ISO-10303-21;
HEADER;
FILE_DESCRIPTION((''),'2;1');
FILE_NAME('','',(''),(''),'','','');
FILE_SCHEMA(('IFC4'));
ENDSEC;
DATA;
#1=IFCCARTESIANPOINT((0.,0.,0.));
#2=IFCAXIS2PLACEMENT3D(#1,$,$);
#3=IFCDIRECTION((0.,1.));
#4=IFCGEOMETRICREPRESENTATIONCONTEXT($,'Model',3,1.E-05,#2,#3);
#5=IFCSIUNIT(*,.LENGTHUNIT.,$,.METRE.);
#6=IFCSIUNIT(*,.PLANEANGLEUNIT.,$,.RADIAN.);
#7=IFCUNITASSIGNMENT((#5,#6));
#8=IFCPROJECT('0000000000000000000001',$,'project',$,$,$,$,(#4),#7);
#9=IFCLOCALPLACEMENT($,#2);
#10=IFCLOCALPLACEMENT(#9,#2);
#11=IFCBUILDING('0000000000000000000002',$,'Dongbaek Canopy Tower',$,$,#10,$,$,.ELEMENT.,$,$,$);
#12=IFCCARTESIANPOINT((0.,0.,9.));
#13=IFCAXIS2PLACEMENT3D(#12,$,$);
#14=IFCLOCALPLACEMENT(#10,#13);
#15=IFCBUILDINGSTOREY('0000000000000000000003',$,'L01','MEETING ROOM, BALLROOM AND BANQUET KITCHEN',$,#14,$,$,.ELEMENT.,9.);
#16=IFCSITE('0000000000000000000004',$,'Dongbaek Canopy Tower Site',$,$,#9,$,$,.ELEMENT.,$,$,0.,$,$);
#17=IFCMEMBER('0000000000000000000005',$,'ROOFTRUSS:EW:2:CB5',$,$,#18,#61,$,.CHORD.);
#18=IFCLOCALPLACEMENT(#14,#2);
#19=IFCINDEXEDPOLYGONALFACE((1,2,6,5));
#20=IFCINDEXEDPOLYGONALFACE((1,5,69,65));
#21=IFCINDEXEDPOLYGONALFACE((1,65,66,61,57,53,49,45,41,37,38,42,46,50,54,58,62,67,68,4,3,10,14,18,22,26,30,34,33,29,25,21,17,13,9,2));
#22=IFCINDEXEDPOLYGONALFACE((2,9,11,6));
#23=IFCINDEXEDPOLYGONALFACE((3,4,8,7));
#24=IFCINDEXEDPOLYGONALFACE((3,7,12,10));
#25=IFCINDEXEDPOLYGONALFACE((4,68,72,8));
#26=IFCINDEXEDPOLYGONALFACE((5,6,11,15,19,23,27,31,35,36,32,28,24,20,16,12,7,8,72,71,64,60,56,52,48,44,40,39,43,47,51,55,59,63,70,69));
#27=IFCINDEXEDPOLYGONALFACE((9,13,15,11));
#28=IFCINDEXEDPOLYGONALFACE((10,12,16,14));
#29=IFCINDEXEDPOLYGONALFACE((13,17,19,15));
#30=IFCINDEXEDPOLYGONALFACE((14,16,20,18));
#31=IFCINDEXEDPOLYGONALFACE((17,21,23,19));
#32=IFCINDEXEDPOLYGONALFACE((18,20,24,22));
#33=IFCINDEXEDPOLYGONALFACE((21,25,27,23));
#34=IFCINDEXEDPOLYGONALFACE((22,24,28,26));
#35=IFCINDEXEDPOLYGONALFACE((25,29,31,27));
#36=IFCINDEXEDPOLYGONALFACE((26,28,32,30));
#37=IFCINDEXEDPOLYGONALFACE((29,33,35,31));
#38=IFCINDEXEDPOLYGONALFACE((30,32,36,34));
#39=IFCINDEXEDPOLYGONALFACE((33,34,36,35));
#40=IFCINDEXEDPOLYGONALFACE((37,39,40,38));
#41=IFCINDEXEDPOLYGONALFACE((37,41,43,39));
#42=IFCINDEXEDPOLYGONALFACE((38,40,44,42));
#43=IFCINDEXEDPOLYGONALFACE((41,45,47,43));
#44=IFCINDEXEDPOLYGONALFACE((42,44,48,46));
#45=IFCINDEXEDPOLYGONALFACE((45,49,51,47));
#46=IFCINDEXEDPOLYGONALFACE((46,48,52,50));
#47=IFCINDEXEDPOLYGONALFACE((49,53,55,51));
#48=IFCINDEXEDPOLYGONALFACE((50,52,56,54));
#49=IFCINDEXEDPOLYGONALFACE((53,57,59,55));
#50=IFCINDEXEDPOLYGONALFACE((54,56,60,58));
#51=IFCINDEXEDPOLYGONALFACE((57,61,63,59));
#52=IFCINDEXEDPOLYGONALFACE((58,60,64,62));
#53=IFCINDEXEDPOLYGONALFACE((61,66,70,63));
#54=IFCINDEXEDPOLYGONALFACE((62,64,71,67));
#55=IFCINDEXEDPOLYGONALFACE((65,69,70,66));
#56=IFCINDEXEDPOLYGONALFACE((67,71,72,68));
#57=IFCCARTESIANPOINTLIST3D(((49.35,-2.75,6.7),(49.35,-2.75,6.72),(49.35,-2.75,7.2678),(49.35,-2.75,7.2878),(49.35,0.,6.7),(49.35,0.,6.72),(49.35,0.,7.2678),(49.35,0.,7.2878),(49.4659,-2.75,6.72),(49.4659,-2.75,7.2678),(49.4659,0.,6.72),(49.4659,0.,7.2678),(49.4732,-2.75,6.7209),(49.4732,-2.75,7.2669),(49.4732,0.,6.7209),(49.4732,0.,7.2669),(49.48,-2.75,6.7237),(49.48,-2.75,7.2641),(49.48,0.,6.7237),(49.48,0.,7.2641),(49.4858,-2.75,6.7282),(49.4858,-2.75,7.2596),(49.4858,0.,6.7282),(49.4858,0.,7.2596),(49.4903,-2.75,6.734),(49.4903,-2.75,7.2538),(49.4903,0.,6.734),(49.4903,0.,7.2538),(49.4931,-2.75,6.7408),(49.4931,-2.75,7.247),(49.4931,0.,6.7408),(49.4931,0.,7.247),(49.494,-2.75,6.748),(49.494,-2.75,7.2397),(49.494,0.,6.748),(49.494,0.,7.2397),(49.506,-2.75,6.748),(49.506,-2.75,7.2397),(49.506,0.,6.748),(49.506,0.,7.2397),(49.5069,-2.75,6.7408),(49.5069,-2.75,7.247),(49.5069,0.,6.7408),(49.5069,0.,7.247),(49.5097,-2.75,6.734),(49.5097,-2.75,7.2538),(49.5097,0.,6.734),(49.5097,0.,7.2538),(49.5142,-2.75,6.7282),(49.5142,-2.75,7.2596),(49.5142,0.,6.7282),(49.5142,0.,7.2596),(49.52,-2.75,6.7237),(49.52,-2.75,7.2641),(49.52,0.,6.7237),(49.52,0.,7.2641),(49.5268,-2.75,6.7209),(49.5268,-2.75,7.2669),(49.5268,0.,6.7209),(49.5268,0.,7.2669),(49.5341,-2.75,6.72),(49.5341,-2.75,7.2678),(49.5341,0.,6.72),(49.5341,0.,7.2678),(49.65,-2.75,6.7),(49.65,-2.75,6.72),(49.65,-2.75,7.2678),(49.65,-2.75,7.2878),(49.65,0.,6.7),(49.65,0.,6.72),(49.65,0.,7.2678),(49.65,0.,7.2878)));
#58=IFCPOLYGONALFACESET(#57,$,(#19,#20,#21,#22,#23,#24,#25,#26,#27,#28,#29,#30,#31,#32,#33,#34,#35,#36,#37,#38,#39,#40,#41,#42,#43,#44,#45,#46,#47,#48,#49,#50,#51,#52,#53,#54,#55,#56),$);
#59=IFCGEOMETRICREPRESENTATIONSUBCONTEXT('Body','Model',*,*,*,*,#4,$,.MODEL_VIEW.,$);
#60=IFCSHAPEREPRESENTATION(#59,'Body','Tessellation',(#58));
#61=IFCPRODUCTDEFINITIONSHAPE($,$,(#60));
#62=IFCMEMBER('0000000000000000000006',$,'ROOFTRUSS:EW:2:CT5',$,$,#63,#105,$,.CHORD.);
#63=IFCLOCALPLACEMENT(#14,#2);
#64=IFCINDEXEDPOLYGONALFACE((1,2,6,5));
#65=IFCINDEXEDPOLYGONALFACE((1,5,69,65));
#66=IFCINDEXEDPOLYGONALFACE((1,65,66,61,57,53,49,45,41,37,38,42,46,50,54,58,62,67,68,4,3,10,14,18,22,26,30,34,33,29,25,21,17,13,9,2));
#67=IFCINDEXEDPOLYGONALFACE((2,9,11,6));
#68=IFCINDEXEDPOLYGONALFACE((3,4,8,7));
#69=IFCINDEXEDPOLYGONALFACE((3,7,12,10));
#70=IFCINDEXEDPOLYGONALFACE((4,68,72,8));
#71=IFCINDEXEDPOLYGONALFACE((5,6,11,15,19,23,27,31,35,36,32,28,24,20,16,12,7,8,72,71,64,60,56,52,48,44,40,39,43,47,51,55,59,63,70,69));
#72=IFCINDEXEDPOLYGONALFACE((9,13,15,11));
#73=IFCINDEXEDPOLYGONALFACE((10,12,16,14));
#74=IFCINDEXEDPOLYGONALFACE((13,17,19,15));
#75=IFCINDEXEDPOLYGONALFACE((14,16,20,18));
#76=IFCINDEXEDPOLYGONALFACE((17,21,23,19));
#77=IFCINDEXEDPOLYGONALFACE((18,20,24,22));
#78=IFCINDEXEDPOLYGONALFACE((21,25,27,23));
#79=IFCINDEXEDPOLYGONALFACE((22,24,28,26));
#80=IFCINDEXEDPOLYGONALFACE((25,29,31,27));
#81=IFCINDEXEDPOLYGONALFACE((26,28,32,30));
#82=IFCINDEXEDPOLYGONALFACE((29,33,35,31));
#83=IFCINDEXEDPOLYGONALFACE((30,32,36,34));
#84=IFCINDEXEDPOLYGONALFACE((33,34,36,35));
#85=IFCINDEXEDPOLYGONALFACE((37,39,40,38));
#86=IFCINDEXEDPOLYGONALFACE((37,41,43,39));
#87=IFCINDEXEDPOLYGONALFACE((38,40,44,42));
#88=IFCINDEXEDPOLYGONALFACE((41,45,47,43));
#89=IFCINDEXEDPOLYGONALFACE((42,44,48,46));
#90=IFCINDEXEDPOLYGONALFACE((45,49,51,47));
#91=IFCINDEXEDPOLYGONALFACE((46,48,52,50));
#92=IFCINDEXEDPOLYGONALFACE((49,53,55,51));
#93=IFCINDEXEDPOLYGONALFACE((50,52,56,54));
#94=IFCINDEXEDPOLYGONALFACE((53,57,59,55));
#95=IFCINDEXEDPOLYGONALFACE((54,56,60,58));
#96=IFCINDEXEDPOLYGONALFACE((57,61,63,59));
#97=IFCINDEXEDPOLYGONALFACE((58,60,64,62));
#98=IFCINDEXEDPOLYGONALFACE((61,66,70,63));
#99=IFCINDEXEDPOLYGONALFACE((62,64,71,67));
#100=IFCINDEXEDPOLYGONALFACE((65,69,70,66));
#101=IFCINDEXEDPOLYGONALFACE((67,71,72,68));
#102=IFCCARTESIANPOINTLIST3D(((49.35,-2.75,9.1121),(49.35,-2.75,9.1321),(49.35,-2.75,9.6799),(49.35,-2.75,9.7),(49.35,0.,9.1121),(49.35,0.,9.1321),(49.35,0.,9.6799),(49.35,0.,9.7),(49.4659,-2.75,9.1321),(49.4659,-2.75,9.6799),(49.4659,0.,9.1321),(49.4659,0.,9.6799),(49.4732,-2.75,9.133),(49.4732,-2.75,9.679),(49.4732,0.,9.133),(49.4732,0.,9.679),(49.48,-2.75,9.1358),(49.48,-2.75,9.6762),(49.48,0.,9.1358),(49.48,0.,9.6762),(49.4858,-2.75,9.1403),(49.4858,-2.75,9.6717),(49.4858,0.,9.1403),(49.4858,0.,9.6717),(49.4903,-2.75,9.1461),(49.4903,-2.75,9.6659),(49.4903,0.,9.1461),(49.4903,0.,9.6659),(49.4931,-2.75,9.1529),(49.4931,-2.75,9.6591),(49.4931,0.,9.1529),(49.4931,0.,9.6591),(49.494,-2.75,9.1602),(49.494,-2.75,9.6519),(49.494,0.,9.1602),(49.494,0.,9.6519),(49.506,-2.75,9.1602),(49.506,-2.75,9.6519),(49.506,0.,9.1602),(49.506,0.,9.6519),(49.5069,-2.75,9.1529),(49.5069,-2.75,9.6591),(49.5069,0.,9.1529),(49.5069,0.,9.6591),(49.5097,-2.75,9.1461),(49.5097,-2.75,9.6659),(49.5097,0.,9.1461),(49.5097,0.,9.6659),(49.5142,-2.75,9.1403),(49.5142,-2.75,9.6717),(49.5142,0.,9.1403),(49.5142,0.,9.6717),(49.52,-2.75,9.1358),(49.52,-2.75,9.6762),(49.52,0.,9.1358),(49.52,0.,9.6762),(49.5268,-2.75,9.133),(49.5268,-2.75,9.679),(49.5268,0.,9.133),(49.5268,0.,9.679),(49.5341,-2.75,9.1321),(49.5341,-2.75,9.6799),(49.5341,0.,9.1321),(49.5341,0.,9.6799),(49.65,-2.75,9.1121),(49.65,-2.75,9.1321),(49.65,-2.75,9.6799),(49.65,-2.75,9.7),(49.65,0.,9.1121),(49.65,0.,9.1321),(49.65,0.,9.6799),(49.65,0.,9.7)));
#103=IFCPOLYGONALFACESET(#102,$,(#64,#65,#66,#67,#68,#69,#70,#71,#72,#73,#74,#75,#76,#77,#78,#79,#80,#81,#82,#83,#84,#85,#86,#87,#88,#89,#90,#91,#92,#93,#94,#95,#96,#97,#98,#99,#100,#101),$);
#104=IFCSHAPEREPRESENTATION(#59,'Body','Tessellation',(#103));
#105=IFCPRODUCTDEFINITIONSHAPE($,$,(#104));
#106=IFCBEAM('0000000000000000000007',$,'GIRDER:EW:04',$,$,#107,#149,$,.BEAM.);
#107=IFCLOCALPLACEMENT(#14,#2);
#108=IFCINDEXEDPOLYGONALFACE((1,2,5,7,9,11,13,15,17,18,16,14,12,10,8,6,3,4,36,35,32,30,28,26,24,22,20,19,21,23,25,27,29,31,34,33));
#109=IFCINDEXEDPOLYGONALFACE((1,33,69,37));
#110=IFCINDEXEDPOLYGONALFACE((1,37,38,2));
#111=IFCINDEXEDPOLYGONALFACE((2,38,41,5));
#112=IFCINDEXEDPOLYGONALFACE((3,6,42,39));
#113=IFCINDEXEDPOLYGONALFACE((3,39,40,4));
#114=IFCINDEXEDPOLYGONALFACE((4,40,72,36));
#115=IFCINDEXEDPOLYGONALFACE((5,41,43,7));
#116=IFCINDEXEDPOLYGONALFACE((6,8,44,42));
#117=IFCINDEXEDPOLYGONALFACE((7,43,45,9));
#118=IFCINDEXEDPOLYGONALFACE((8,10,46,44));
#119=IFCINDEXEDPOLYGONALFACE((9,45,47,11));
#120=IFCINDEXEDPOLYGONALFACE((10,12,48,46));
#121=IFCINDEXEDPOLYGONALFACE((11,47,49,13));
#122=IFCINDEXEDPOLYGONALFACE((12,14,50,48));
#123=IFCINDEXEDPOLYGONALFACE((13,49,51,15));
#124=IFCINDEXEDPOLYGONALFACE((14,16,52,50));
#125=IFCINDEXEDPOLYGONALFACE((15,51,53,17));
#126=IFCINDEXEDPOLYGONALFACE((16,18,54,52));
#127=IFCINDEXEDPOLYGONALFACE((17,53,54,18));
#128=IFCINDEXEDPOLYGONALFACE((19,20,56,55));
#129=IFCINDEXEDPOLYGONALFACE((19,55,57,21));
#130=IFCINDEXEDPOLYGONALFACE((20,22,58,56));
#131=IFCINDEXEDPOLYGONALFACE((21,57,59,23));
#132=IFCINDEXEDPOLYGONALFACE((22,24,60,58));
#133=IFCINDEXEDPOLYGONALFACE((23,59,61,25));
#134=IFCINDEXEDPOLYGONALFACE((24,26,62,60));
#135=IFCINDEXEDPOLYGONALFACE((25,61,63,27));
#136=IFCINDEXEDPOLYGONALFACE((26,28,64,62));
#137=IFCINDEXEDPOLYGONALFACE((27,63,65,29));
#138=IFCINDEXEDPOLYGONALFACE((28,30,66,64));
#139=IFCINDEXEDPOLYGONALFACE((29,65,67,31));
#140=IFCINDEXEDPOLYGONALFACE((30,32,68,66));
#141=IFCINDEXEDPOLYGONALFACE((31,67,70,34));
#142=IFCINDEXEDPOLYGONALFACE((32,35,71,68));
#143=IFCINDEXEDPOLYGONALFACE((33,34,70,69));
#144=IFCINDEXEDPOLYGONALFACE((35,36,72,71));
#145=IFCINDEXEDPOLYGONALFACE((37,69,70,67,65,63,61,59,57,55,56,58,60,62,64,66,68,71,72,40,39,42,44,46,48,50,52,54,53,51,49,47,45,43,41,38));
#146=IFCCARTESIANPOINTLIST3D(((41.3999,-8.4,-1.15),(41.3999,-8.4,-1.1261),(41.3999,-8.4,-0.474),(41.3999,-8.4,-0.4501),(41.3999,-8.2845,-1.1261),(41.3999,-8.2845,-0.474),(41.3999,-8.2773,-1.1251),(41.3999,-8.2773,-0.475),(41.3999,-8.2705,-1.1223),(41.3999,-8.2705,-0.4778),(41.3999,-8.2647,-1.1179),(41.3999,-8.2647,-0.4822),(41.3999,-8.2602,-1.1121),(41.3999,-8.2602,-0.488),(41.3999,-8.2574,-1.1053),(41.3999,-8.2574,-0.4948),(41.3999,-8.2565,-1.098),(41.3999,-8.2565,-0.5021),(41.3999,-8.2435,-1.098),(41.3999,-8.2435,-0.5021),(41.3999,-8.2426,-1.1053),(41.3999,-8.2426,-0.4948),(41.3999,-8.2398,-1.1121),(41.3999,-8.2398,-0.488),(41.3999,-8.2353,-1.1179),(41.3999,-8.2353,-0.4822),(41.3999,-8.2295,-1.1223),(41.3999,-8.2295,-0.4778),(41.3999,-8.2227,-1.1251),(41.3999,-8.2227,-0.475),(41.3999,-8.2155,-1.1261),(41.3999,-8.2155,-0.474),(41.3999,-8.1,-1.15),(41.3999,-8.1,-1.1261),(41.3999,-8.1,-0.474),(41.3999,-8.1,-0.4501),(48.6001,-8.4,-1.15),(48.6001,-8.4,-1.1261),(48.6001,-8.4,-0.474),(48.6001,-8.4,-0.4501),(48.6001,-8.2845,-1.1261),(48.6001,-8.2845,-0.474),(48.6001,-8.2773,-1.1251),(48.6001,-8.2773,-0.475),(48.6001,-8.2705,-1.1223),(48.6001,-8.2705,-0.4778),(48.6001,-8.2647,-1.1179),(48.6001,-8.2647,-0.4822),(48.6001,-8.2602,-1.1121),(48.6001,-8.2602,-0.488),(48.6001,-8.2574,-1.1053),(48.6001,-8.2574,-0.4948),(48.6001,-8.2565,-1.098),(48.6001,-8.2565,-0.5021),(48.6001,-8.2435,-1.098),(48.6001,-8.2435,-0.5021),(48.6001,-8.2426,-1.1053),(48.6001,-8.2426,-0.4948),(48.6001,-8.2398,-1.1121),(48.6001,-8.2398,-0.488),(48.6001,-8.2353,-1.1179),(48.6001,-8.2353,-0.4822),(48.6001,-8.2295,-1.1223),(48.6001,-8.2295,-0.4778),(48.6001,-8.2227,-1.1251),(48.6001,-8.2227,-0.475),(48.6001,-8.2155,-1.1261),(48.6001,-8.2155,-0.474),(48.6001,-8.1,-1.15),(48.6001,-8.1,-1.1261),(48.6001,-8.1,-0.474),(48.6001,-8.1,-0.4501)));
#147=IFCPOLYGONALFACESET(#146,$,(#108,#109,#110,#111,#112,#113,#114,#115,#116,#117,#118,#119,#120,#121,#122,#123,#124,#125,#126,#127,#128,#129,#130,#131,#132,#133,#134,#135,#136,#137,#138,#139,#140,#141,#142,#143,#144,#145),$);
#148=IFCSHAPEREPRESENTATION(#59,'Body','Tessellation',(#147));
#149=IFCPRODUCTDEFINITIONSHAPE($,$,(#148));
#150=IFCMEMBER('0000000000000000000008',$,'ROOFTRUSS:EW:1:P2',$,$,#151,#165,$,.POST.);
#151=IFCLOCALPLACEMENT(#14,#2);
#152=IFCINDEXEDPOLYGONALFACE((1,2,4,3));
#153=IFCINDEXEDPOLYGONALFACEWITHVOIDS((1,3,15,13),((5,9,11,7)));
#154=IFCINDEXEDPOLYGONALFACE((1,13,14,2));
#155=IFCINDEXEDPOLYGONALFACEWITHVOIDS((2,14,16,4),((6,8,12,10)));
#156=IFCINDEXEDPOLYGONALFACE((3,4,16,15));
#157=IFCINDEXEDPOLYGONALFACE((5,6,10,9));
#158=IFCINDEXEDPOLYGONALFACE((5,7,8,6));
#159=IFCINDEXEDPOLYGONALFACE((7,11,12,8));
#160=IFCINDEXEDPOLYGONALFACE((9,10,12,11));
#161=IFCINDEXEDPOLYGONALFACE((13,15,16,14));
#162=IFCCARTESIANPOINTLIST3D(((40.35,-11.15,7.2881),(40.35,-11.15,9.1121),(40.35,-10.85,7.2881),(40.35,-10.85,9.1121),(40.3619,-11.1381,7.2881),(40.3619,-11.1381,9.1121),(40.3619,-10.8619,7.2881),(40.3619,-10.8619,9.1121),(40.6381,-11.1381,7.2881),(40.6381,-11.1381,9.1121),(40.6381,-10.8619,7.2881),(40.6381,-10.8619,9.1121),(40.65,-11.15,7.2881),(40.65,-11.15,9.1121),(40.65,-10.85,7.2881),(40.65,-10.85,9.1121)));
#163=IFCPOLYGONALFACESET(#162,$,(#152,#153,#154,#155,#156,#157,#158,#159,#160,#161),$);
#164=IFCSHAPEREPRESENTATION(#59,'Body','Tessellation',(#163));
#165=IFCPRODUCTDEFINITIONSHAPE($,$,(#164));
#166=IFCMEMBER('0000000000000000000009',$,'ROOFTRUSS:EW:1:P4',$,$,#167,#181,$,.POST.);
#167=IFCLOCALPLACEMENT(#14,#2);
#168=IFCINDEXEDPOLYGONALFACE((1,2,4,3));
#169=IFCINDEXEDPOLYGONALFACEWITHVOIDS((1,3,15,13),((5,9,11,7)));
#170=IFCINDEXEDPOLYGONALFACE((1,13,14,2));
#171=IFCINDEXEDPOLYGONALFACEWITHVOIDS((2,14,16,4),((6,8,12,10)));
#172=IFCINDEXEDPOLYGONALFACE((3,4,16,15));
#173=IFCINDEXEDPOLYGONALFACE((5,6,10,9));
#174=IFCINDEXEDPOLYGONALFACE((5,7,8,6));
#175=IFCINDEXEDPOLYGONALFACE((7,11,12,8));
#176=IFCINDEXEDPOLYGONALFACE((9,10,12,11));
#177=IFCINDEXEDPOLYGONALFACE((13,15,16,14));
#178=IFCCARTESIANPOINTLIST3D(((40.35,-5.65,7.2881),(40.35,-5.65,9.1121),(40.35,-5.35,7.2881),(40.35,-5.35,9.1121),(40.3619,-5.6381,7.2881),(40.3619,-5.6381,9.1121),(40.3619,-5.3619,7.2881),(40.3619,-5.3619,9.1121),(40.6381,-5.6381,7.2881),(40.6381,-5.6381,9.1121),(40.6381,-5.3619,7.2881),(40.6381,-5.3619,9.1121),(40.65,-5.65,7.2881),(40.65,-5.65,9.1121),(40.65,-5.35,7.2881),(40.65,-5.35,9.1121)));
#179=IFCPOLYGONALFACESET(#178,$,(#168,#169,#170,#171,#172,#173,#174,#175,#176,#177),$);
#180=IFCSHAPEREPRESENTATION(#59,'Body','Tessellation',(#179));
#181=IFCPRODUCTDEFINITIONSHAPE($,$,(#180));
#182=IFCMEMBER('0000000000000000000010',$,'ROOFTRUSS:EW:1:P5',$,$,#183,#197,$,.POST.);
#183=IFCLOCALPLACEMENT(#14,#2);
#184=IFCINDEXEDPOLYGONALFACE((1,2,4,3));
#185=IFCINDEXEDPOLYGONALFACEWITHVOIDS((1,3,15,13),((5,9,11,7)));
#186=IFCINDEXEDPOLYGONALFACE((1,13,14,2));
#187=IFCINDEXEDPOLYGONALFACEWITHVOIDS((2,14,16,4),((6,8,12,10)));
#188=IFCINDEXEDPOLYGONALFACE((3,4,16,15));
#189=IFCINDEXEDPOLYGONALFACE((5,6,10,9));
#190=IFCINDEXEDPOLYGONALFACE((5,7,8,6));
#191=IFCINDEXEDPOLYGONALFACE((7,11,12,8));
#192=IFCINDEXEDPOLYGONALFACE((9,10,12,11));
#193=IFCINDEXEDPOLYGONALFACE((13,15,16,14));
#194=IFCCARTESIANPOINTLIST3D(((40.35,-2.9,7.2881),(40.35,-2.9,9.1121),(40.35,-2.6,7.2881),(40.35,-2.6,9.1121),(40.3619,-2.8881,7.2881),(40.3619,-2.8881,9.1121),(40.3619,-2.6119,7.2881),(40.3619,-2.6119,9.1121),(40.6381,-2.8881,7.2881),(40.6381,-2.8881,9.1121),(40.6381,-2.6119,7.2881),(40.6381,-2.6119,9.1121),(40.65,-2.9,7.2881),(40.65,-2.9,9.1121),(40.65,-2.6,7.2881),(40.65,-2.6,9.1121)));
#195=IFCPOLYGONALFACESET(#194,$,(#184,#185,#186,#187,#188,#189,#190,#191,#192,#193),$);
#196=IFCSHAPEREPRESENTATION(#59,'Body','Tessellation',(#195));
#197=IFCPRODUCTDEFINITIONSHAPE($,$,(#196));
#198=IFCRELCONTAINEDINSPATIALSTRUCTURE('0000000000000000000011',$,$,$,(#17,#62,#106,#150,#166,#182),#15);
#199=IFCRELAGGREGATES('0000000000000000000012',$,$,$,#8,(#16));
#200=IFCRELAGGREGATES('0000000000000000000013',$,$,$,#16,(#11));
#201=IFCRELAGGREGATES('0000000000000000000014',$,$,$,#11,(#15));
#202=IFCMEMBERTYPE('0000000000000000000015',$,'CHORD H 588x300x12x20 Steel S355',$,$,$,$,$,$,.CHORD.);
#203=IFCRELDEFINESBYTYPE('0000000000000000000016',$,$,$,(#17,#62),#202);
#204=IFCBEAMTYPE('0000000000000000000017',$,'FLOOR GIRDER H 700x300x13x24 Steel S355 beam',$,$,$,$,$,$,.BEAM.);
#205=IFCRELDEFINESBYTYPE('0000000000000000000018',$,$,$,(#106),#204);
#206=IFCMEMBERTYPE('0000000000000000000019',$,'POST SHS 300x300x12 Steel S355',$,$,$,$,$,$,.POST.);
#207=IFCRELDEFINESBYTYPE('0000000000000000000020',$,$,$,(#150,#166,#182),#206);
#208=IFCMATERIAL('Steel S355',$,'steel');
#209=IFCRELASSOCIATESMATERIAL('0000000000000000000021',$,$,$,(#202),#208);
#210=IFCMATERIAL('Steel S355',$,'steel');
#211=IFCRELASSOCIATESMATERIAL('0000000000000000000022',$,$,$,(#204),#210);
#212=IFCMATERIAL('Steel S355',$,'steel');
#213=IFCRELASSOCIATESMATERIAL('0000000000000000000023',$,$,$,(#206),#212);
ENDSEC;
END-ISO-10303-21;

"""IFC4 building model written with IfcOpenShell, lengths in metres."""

from ifc_helpers import new_model, si_unit, direction, frame, origin, origin_2d, place, context, subcontext, project, spatial, hollow_rectangle, i_section, extrude, material, material_profile, profile_set, type_object, element, save


model = new_model("IFC4")

# Units and contexts
model_context = context("Model", 3, precision=1e-05, world=origin(), true_north=direction((0.0, 1.0)))
body_context = subcontext(model_context, "Body", "Model", "MODEL_VIEW")
ifc_project = project(units=[si_unit("LENGTHUNIT", "METRE"), si_unit("PLANEANGLEUNIT", "RADIAN")], contexts=[model_context])

# Site, building, storey
site_placement = place(None, origin())
site = spatial("IfcSite", under=ifc_project, at=site_placement, Name="Dongbaek Canopy Tower Site", CompositionType="ELEMENT", RefElevation=0.0)
building_placement = place(site_placement, origin())
building = spatial("IfcBuilding", under=site, at=building_placement, Name="Dongbaek Canopy Tower", CompositionType="ELEMENT")
storey_placement = place(building_placement, frame((0.0, 0.0, 9.0)))
storey = spatial("IfcBuildingStorey", under=building, at=storey_placement, Name="L01", Description="MEETING ROOM, BALLROOM AND BANQUET KITCHEN", CompositionType="ELEMENT", Elevation=9.0)

# Members
ifc_material_1 = material(Name="Steel S355", Category="steel")
ifc_material_profile_1 = material_profile(ifc_material_1, i_section(OverallWidth=0.3, OverallDepth=0.5879, WebThickness=0.012, FlangeThickness=0.02, FilletRadius=0.0281, at=origin_2d()), Name="CHORD H 588x300x12x20 Steel S355")
ifc_profile_set_1 = profile_set([ifc_material_profile_1], Name="Steel S355")
member_type_1 = type_object("IfcMemberType", Name="CHORD H 588x300x12x20 Steel S355", PredefinedType="CHORD", material=ifc_profile_set_1)
for number, where, z_axis, x_axis, name in (
    (1, (49.5, -2.75, 6.9939), (0.0, 1.0, 0.0), (-1.0, 0.0, 0.0), "ROOFTRUSS:EW:2:CB5"),
    (2, (49.5, -2.75, 9.406), (0.0, 1.0, 0.0), (-1.0, 0.0, 0.0), "ROOFTRUSS:EW:2:CT5"),
):
    element("IfcMember", number, at=place(storey_placement, frame(where, z_axis=z_axis, x_axis=x_axis)), inside=storey, type_object=member_type_1, Name=name, PredefinedType="CHORD", context=body_context, shape_type="SweptSolid", body=[
        extrude(i_section(OverallWidth=0.3, OverallDepth=0.5879, WebThickness=0.012, FlangeThickness=0.02, FilletRadius=0.0281, at=origin_2d()), origin(), (0.0, 0.0, 1.0), 2.75),
    ])

# Beam
ifc_material_2 = material(Name="Steel S355", Category="steel")
ifc_material_profile_2 = material_profile(ifc_material_2, i_section(OverallWidth=0.3, OverallDepth=0.7, WebThickness=0.0129, FlangeThickness=0.0239, FilletRadius=0.0281, at=origin_2d()), Name="FLOOR GIRDER H 700x300x13x24 Steel S355 beam")
ifc_profile_set_2 = profile_set([ifc_material_profile_2], Name="Steel S355")
beam_type = type_object("IfcBeamType", Name="FLOOR GIRDER H 700x300x13x24 Steel S355 beam", PredefinedType="BEAM", material=ifc_profile_set_2)
beam_placement = place(storey_placement, frame((41.3999, -8.25, -0.8), z_axis=(1.0, 0.0, 0.0), x_axis=(0.0, 1.0, 0.0)))
element("IfcBeam", 3, at=beam_placement, inside=storey, type_object=beam_type, Name="GIRDER:EW:04", PredefinedType="BEAM", context=body_context, shape_type="SweptSolid", body=[
    extrude(i_section(OverallWidth=0.3, OverallDepth=0.7, WebThickness=0.0129, FlangeThickness=0.0239, FilletRadius=0.0281, at=origin_2d()), origin(), (0.0, 0.0, 1.0), 7.2002),
])

# Members
ifc_material_3 = material(Name="Steel S355", Category="steel")
ifc_material_profile_3 = material_profile(ifc_material_3, hollow_rectangle(XDim=0.3, YDim=0.3, WallThickness=0.012, at=origin_2d()), Name="POST SHS 300x300x12 Steel S355")
ifc_profile_set_3 = profile_set([ifc_material_profile_3], Name="Steel S355")
member_type_2 = type_object("IfcMemberType", Name="POST SHS 300x300x12 Steel S355", PredefinedType="POST", material=ifc_profile_set_3)
for number, where, z_axis, x_axis, name in (
    (4, (40.5, -11.0, 7.2881), (0.0, 0.0, 1.0), (1.0, 0.0, 0.0), "ROOFTRUSS:EW:1:P2"),
    (5, (40.5, -5.5, 7.2881), (0.0, 0.0, 1.0), (1.0, 0.0, 0.0), "ROOFTRUSS:EW:1:P4"),
    (6, (40.5, -2.75, 7.2881), (0.0, 0.0, 1.0), (1.0, 0.0, 0.0), "ROOFTRUSS:EW:1:P5"),
):
    element("IfcMember", number, at=place(storey_placement, frame(where, z_axis=z_axis, x_axis=x_axis)), inside=storey, type_object=member_type_2, Name=name, PredefinedType="POST", context=body_context, shape_type="SweptSolid", body=[
        extrude(hollow_rectangle(XDim=0.3, YDim=0.3, WallThickness=0.012, at=origin_2d()), origin(), (0.0, 0.0, 1.0), 1.824),
    ])

save(model, "model.ifc")
